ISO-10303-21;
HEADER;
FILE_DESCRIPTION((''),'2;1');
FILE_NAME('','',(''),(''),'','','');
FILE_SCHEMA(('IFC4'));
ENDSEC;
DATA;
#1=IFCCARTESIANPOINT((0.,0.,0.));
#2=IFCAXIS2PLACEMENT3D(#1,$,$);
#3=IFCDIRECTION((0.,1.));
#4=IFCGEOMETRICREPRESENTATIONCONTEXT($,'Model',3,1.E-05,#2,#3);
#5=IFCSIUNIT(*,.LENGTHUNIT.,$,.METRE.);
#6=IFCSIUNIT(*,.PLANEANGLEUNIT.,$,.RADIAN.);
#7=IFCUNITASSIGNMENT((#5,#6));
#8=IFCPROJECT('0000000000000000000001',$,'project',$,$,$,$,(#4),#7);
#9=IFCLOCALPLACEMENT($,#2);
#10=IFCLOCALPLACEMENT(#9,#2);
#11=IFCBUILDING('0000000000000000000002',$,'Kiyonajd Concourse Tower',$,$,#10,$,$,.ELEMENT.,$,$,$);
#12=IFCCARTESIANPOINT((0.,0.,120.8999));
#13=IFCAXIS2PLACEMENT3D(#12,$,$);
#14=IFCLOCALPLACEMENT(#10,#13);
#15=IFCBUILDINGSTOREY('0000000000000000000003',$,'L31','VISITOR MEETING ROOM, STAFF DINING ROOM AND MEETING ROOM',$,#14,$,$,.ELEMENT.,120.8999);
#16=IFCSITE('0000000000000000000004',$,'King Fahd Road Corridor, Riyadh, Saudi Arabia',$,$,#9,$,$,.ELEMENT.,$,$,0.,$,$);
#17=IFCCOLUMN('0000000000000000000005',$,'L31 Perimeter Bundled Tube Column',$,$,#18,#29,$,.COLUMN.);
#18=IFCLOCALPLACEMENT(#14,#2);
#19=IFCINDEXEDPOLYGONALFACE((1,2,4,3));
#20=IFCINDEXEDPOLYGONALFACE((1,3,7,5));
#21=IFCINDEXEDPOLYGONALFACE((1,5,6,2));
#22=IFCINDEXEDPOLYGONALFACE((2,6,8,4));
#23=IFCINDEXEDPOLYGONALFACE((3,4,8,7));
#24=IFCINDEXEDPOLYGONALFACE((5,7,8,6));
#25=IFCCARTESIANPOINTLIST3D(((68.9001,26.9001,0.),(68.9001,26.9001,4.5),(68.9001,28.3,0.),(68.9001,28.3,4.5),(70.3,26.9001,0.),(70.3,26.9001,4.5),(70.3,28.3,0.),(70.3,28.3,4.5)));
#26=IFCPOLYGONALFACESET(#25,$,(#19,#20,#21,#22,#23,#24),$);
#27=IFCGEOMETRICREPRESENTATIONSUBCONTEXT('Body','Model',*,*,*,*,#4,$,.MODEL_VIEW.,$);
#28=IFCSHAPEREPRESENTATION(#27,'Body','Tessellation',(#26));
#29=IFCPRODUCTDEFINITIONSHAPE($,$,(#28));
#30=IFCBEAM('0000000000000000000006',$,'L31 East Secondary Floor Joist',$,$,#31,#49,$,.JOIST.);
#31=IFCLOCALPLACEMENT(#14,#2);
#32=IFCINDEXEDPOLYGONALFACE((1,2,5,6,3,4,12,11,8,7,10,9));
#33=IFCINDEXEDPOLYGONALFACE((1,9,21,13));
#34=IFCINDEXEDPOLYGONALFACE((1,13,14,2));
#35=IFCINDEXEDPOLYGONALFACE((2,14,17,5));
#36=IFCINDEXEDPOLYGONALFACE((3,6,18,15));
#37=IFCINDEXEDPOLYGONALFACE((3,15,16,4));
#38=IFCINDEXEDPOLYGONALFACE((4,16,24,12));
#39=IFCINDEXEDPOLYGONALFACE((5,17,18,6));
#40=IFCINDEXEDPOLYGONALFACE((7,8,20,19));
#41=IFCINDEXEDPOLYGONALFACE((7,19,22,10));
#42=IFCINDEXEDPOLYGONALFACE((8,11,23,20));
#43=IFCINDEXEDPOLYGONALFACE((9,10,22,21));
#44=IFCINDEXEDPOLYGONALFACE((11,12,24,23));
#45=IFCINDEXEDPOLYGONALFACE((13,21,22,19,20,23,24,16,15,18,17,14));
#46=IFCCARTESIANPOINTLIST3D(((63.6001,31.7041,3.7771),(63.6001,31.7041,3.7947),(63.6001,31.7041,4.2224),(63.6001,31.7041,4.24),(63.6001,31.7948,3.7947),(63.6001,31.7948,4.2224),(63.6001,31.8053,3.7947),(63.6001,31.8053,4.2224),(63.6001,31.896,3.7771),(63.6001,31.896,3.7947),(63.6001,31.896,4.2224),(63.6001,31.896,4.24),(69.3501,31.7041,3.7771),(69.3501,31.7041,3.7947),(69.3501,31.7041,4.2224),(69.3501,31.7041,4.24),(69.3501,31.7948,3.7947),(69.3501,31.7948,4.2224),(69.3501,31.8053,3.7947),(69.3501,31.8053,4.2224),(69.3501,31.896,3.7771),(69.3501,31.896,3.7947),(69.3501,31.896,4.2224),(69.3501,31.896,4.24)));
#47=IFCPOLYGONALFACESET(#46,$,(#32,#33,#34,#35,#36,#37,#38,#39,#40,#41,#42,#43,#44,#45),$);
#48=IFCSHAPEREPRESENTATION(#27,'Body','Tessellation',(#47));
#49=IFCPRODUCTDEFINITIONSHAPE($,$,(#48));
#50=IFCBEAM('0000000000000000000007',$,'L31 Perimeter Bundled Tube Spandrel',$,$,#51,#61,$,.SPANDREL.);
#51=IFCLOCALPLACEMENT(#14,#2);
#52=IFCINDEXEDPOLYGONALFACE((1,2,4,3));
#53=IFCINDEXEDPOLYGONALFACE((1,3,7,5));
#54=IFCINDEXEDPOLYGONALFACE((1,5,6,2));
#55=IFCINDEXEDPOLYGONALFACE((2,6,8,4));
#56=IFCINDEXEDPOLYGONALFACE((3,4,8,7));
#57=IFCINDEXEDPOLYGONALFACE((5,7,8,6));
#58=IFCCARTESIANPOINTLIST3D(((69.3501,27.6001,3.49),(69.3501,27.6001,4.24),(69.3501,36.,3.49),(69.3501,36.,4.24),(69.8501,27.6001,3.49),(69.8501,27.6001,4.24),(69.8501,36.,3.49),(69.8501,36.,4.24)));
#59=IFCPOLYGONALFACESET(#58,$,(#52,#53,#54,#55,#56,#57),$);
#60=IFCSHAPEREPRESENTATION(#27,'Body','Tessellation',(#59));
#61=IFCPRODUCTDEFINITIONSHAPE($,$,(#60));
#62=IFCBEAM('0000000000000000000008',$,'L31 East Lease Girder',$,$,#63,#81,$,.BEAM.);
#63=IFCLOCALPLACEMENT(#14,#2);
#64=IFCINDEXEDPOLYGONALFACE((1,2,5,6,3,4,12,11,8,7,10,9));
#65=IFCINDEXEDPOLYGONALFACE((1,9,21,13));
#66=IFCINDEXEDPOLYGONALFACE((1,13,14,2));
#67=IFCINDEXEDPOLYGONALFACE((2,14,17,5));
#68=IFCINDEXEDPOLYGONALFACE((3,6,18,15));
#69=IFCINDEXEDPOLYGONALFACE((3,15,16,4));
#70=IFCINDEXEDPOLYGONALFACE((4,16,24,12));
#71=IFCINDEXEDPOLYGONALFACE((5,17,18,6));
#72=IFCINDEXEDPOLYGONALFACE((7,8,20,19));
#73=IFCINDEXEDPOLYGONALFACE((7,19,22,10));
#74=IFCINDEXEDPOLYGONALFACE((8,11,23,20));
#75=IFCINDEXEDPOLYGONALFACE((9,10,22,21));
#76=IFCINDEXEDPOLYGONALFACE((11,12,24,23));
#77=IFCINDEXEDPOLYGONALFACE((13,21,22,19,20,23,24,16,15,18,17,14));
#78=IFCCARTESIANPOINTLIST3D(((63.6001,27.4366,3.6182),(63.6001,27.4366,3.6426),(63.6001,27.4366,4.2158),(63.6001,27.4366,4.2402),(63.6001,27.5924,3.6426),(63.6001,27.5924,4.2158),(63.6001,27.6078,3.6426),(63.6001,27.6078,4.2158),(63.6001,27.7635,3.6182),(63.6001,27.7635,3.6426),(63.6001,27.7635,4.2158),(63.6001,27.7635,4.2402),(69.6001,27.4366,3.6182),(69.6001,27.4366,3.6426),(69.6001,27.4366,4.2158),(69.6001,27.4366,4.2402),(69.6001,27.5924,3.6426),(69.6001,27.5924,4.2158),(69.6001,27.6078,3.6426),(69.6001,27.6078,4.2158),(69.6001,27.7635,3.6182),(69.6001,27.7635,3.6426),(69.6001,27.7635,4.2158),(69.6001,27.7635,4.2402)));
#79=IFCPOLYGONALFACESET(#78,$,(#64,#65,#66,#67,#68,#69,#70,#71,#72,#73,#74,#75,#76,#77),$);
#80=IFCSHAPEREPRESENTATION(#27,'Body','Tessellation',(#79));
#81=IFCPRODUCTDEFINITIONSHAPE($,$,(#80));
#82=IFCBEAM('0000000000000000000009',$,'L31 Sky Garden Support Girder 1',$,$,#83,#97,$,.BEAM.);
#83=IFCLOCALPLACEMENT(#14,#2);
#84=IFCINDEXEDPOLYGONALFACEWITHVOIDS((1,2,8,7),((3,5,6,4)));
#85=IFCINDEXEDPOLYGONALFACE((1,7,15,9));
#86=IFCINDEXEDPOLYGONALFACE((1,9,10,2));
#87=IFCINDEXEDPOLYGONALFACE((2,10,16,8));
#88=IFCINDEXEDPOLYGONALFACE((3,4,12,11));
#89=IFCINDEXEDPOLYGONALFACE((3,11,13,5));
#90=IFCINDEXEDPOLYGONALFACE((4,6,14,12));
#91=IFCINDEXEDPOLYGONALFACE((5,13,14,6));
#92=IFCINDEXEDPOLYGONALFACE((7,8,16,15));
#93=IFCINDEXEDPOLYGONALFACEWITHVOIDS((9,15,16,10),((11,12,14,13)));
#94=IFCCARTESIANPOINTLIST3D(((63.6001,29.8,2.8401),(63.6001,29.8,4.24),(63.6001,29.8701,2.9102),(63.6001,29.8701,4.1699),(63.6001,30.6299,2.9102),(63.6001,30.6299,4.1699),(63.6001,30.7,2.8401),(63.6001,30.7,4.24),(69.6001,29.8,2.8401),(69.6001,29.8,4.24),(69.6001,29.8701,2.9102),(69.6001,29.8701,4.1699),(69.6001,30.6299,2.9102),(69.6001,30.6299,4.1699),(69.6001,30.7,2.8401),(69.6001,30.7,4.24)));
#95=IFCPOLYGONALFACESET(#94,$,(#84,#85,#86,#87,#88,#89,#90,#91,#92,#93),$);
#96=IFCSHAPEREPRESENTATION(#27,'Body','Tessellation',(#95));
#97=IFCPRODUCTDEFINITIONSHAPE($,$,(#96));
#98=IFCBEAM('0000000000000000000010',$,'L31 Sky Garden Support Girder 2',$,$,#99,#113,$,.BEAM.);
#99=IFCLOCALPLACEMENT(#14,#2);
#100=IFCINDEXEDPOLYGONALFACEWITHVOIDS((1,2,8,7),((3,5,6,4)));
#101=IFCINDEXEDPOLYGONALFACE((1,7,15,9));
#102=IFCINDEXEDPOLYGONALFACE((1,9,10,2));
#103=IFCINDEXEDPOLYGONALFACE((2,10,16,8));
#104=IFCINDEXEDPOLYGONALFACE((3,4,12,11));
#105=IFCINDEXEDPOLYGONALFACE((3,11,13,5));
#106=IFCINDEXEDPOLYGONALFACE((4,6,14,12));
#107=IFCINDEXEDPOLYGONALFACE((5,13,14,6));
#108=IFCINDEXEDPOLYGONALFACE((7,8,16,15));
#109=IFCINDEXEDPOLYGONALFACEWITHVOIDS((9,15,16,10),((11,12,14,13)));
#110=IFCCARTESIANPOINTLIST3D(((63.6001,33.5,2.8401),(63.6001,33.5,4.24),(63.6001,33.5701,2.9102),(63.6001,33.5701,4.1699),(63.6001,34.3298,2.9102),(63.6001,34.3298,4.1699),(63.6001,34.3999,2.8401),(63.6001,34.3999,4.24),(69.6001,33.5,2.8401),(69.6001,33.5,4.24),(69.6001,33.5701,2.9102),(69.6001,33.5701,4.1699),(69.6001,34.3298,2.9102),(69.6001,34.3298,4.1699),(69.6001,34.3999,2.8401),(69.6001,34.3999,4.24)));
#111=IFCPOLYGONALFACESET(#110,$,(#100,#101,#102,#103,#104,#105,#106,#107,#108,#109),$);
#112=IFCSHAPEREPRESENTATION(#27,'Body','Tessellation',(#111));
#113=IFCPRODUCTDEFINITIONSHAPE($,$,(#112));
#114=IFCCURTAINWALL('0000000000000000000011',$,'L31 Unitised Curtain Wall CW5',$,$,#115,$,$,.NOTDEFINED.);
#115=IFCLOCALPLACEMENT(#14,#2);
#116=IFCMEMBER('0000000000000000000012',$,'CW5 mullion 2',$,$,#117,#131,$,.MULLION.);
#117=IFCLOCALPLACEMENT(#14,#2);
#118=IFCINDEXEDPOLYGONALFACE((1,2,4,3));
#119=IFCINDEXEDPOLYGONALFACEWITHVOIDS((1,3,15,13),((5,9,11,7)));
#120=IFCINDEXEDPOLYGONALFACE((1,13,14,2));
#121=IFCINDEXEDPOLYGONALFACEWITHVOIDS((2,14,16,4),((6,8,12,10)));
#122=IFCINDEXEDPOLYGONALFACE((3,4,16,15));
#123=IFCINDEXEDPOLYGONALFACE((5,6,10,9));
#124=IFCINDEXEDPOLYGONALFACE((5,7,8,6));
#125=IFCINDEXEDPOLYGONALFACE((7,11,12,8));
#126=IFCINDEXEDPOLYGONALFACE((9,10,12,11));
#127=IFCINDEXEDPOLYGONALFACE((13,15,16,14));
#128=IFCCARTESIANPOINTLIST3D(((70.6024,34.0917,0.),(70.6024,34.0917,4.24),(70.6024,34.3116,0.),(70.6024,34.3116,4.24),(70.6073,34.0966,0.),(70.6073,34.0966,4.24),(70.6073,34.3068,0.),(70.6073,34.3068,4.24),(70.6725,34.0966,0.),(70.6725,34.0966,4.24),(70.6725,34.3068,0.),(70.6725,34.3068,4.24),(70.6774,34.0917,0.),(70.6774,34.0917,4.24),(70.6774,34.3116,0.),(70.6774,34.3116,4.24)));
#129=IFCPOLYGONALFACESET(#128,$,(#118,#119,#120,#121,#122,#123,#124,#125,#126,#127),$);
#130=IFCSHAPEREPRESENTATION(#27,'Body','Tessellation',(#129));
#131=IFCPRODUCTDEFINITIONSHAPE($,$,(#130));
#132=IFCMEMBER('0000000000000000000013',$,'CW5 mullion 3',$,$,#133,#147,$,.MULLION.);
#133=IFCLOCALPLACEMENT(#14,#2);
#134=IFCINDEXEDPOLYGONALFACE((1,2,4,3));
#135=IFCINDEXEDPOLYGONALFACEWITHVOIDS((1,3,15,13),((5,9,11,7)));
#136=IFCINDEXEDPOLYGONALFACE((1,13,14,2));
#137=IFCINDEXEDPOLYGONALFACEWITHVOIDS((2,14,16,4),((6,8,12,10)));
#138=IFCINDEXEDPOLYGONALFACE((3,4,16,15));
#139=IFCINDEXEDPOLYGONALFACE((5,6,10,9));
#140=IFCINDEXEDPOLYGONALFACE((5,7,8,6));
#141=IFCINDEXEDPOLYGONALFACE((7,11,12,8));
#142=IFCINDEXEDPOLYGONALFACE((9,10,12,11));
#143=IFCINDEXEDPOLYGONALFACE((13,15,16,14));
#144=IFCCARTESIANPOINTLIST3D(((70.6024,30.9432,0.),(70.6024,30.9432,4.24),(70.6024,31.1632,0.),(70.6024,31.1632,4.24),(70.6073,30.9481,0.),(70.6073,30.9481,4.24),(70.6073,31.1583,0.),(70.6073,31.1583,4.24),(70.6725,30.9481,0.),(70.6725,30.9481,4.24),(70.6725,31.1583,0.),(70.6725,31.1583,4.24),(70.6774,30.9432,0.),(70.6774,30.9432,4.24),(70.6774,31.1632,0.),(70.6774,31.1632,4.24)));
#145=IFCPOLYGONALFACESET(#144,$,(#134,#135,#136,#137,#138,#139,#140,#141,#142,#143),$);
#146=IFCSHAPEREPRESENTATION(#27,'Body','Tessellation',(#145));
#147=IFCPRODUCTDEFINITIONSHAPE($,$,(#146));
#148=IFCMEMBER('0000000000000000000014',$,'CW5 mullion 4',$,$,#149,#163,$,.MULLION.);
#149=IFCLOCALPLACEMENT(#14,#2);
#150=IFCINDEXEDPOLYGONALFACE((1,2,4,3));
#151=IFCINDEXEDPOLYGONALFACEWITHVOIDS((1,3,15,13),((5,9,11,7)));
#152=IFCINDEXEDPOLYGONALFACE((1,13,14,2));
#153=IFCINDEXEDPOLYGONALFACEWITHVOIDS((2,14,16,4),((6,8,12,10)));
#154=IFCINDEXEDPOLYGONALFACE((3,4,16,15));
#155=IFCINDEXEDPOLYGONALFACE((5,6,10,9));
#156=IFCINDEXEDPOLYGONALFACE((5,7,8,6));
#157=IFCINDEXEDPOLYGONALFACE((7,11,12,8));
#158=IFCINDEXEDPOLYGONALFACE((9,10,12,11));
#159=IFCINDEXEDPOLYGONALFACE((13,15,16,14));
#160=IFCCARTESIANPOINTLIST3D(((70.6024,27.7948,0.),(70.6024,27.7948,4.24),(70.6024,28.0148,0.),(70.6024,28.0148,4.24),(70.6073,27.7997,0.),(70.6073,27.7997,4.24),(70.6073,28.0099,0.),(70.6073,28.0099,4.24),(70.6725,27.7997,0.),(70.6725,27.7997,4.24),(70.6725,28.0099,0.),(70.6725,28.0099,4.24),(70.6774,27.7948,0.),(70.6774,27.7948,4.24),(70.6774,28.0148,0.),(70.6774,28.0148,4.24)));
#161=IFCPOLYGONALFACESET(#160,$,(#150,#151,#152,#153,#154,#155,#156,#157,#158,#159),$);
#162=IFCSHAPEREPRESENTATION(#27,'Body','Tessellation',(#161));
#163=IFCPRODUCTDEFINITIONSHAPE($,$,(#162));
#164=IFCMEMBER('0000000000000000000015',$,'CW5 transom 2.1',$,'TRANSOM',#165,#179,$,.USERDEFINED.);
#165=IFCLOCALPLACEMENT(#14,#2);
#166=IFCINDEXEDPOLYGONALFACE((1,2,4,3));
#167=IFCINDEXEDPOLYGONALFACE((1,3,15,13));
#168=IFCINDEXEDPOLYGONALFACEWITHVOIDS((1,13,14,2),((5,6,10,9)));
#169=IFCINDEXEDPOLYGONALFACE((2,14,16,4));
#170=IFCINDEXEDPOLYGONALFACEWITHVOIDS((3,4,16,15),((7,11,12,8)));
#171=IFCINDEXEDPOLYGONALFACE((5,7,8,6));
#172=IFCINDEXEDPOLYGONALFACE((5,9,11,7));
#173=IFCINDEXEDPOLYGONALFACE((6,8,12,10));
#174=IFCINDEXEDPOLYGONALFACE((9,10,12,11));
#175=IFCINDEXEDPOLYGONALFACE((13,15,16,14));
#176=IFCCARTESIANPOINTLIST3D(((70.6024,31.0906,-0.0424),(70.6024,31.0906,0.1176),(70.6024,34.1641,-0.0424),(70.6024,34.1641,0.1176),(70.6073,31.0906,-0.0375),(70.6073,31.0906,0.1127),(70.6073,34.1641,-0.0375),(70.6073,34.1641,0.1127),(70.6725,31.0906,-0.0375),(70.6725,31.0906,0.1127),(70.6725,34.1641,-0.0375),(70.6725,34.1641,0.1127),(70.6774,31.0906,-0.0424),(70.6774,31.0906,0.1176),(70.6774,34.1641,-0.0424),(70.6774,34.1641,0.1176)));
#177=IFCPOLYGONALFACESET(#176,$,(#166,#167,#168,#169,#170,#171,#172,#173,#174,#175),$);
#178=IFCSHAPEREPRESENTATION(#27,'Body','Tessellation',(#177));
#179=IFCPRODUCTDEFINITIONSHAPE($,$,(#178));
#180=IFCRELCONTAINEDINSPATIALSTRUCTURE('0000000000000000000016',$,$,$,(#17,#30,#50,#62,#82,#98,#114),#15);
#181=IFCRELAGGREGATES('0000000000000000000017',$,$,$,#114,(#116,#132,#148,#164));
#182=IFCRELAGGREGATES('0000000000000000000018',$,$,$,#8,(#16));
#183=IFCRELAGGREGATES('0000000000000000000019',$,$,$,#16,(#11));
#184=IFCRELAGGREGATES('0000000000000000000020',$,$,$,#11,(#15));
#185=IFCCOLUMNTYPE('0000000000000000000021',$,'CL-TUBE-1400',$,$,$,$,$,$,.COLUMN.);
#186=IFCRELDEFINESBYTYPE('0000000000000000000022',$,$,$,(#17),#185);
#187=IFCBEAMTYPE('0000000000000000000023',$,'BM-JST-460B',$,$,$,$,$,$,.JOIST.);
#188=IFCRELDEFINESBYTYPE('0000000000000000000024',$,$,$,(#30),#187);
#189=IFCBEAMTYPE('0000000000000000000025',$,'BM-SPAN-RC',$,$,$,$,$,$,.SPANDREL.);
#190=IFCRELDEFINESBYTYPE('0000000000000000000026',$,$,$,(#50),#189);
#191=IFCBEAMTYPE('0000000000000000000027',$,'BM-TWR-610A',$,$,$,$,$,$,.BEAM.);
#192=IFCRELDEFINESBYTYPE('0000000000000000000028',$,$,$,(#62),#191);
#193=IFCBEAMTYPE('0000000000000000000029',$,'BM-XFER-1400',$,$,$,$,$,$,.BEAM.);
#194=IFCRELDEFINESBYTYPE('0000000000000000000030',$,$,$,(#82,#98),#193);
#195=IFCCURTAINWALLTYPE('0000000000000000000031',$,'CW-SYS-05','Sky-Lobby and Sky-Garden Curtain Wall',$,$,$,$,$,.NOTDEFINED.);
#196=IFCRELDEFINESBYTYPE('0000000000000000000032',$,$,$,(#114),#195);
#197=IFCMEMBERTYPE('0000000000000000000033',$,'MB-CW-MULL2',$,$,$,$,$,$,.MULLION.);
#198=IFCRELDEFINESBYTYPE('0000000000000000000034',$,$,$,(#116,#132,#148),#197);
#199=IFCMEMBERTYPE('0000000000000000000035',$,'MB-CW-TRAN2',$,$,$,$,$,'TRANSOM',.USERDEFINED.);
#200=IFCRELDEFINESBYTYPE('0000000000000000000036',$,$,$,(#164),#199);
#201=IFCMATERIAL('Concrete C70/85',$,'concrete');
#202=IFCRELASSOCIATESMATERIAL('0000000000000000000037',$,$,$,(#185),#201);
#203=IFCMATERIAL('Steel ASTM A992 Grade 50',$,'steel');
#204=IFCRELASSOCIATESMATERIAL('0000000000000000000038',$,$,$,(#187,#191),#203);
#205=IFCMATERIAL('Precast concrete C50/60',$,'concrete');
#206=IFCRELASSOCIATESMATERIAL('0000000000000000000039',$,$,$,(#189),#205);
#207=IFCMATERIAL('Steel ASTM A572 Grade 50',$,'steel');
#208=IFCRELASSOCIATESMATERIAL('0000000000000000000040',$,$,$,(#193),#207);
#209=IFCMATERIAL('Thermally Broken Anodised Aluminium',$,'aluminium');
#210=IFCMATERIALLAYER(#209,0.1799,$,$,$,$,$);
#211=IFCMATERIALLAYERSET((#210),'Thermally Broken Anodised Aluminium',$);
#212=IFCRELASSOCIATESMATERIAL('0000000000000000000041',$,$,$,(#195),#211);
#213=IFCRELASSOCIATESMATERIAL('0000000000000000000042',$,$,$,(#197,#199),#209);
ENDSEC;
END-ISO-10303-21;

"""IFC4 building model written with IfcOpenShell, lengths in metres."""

from ifc_helpers import new_model, si_unit, direction, frame, origin, origin_2d, place, context, subcontext, project, spatial, rectangle, hollow_rectangle, i_section, extrude, material, layer, layer_set, material_profile, profile_set, type_object, element, aggregate, save


model = new_model("IFC4")

# Units and contexts
model_context = context("Model", 3, precision=1e-05, world=origin(), true_north=direction((0.0, 1.0)))
body_context = subcontext(model_context, "Body", "Model", "MODEL_VIEW")
ifc_project = project(units=[si_unit("LENGTHUNIT", "METRE"), si_unit("PLANEANGLEUNIT", "RADIAN")], contexts=[model_context])

# Site, building, storey
site_placement = place(None, origin())
site = spatial("IfcSite", under=ifc_project, at=site_placement, Name="King Fahd Road Corridor, Riyadh, Saudi Arabia", CompositionType="ELEMENT", RefElevation=0.0)
building_placement = place(site_placement, origin())
building = spatial("IfcBuilding", under=site, at=building_placement, Name="Kiyonajd Concourse Tower", CompositionType="ELEMENT")
storey_placement = place(building_placement, frame((0.0, 0.0, 120.8999)))
storey = spatial("IfcBuildingStorey", under=building, at=storey_placement, Name="L31", Description="VISITOR MEETING ROOM, STAFF DINING ROOM AND MEETING ROOM", CompositionType="ELEMENT", Elevation=120.8999)

# Column
ifc_material_1 = material(Name="Concrete C70/85", Category="concrete")
ifc_material_profile_1 = material_profile(ifc_material_1, rectangle(XDim=1.3999, YDim=1.3999, at=origin_2d()), Name="RC-1400x1400")
ifc_profile_set_1 = profile_set([ifc_material_profile_1], Name="Concrete C70/85")
column_type = type_object("IfcColumnType", Name="CL-TUBE-1400", PredefinedType="COLUMN", material=ifc_profile_set_1)
column_placement = place(storey_placement, frame((69.6001, 27.6001, 0.0), z_axis=(0.0, 0.0, 1.0), x_axis=(1.0, 0.0, 0.0)))
element("IfcColumn", 1, at=column_placement, inside=storey, type_object=column_type, Name="L31 Perimeter Bundled Tube Column", PredefinedType="COLUMN", context=body_context, shape_type="SweptSolid", body=[
    extrude(rectangle(XDim=1.3999, YDim=1.3999, at=origin_2d()), origin(), (0.0, 0.0, 1.0), 4.5),
])

# Beams
ifc_material_2 = material(Name="Steel ASTM A992 Grade 50", Category="steel")
ifc_material_profile_2 = material_profile(ifc_material_2, i_section(OverallWidth=0.1919, OverallDepth=0.4629, WebThickness=0.0105, FlangeThickness=0.0176, at=origin_2d()), Name="W460X89")
ifc_profile_set_2 = profile_set([ifc_material_profile_2], Name="Steel ASTM A992 Grade 50")
beam_type_1 = type_object("IfcBeamType", Name="BM-JST-460B", PredefinedType="JOIST", material=ifc_profile_set_2)
beam_1_placement = place(storey_placement, frame((63.6001, 31.8, 4.0085), z_axis=(1.0, 0.0, 0.0), x_axis=(0.0, 1.0, 0.0)))
element("IfcBeam", 2, at=beam_1_placement, inside=storey, type_object=beam_type_1, Name="L31 East Secondary Floor Joist", PredefinedType="JOIST", context=body_context, shape_type="SweptSolid", body=[
    extrude(i_section(OverallWidth=0.1919, OverallDepth=0.4629, WebThickness=0.0105, FlangeThickness=0.0176, at=origin_2d()), origin(), (0.0, 0.0, 1.0), 5.75),
])
ifc_material_3 = material(Name="Precast concrete C50/60", Category="concrete")
ifc_material_profile_3 = material_profile(ifc_material_3, rectangle(XDim=0.5, YDim=0.75, at=origin_2d()), Name="RCBM-500x750")
ifc_profile_set_3 = profile_set([ifc_material_profile_3], Name="Precast concrete C50/60")
beam_type_2 = type_object("IfcBeamType", Name="BM-SPAN-RC", PredefinedType="SPANDREL", material=ifc_profile_set_3)
beam_2_placement = place(storey_placement, frame((69.6001, 27.6001, 3.865), z_axis=(0.0, 1.0, 0.0), x_axis=(-1.0, 0.0, 0.0)))
element("IfcBeam", 3, at=beam_2_placement, inside=storey, type_object=beam_type_2, Name="L31 Perimeter Bundled Tube Spandrel", PredefinedType="SPANDREL", context=body_context, shape_type="SweptSolid", body=[
    extrude(rectangle(XDim=0.5, YDim=0.75, at=origin_2d()), origin(), (0.0, 0.0, 1.0), 8.3999),
])
ifc_material_profile_4 = material_profile(ifc_material_2, i_section(OverallWidth=0.3269, OverallDepth=0.6221, WebThickness=0.0154, FlangeThickness=0.0244, at=origin_2d()), Name="W610X195")
ifc_profile_set_4 = profile_set([ifc_material_profile_4], Name="Steel ASTM A992 Grade 50")
beam_type_3 = type_object("IfcBeamType", Name="BM-TWR-610A", PredefinedType="BEAM", material=ifc_profile_set_4)
beam_3_placement = place(storey_placement, frame((63.6001, 27.6001, 3.9292), z_axis=(1.0, 0.0, 0.0), x_axis=(0.0, 1.0, 0.0)))
element("IfcBeam", 4, at=beam_3_placement, inside=storey, type_object=beam_type_3, Name="L31 East Lease Girder", PredefinedType="BEAM", context=body_context, shape_type="SweptSolid", body=[
    extrude(i_section(OverallWidth=0.3269, OverallDepth=0.6221, WebThickness=0.0154, FlangeThickness=0.0244, at=origin_2d()), origin(), (0.0, 0.0, 1.0), 6.0),
])
ifc_material_4 = material(Name="Steel ASTM A572 Grade 50", Category="steel")
ifc_material_profile_5 = material_profile(ifc_material_4, hollow_rectangle(XDim=0.8999, YDim=1.3999, WallThickness=0.0701, at=origin_2d()), Name="BOX-1400x900x70")
ifc_profile_set_5 = profile_set([ifc_material_profile_5], Name="Steel ASTM A572 Grade 50")
beam_type_4 = type_object("IfcBeamType", Name="BM-XFER-1400", PredefinedType="BEAM", material=ifc_profile_set_5)
for number, where, z_axis, x_axis, name in (
    (5, (63.6001, 30.25, 3.54), (1.0, 0.0, 0.0), (0.0, 1.0, 0.0), "L31 Sky Garden Support Girder 1"),
    (6, (63.6001, 33.95, 3.54), (1.0, 0.0, 0.0), (0.0, 1.0, 0.0), "L31 Sky Garden Support Girder 2"),
):
    element("IfcBeam", number, at=place(storey_placement, frame(where, z_axis=z_axis, x_axis=x_axis)), inside=storey, type_object=beam_type_4, Name=name, PredefinedType="BEAM", context=body_context, shape_type="SweptSolid", body=[
        extrude(hollow_rectangle(XDim=0.8999, YDim=1.3999, WallThickness=0.0701, at=origin_2d()), origin(), (0.0, 0.0, 1.0), 6.0),
    ])

# Curtain wall, members
ifc_material_5 = material(Name="Thermally Broken Anodised Aluminium", Category="aluminium")
ifc_layer_1 = layer(ifc_material_5, 0.1799)
ifc_layer_set_1 = layer_set([ifc_layer_1], Name="Thermally Broken Anodised Aluminium")
curtain_wall_type = type_object("IfcCurtainWallType", Name="CW-SYS-05", Description="Sky-Lobby and Sky-Garden Curtain Wall", PredefinedType="NOTDEFINED", material=ifc_layer_set_1)
curtain_wall_placement = place(storey_placement, origin())
curtain_wall = element("IfcCurtainWall", 7, at=curtain_wall_placement, inside=storey, type_object=curtain_wall_type, Name="L31 Unitised Curtain Wall CW5", PredefinedType="NOTDEFINED")
ifc_material_profile_6 = material_profile(ifc_material_5, hollow_rectangle(XDim=0.075, YDim=0.22, WallThickness=0.0049, at=origin_2d()), Name="MULL-75x220")
ifc_profile_set_6 = profile_set([ifc_material_profile_6], Name="Thermally Broken Anodised Aluminium")
member_type_1 = type_object("IfcMemberType", Name="MB-CW-MULL2", PredefinedType="MULLION", material=ifc_profile_set_6)
member_1_placement = place(storey_placement, frame((70.6399, 34.2017, 0.0), z_axis=(0.0, 0.0, 1.0), x_axis=(1.0, 0.0, 0.0)))
member_1 = element("IfcMember", 8, at=member_1_placement, type_object=member_type_1, Name="CW5 mullion 2", PredefinedType="MULLION", context=body_context, shape_type="SweptSolid", body=[
    extrude(hollow_rectangle(XDim=0.075, YDim=0.22, WallThickness=0.0049, at=origin_2d()), origin(), (0.0, 0.0, 1.0), 4.24),
])
member_2_placement = place(storey_placement, frame((70.6399, 31.0532, 0.0), z_axis=(0.0, 0.0, 1.0), x_axis=(1.0, 0.0, 0.0)))
member_2 = element("IfcMember", 9, at=member_2_placement, type_object=member_type_1, Name="CW5 mullion 3", PredefinedType="MULLION", context=body_context, shape_type="SweptSolid", body=[
    extrude(hollow_rectangle(XDim=0.075, YDim=0.22, WallThickness=0.0049, at=origin_2d()), origin(), (0.0, 0.0, 1.0), 4.24),
])
member_3_placement = place(storey_placement, frame((70.6399, 27.9048, 0.0), z_axis=(0.0, 0.0, 1.0), x_axis=(1.0, 0.0, 0.0)))
member_3 = element("IfcMember", 10, at=member_3_placement, type_object=member_type_1, Name="CW5 mullion 4", PredefinedType="MULLION", context=body_context, shape_type="SweptSolid", body=[
    extrude(hollow_rectangle(XDim=0.075, YDim=0.22, WallThickness=0.0049, at=origin_2d()), origin(), (0.0, 0.0, 1.0), 4.24),
])
ifc_material_profile_7 = material_profile(ifc_material_5, hollow_rectangle(XDim=0.075, YDim=0.1599, WallThickness=0.0049, at=origin_2d()), Name="TRAN-75x160")
ifc_profile_set_7 = profile_set([ifc_material_profile_7], Name="Thermally Broken Anodised Aluminium")
member_type_2 = type_object("IfcMemberType", Name="MB-CW-TRAN2", ElementType="TRANSOM", PredefinedType="USERDEFINED", material=ifc_profile_set_7)
member_4_placement = place(storey_placement, frame((70.6399, 34.1641, 0.0376), z_axis=(0.0, -1.0, 0.0), x_axis=(1.0, 0.0, 0.0)))
member_4 = element("IfcMember", 11, at=member_4_placement, type_object=member_type_2, Name="CW5 transom 2.1", ObjectType="TRANSOM", PredefinedType="USERDEFINED", context=body_context, shape_type="SweptSolid", body=[
    extrude(hollow_rectangle(XDim=0.075, YDim=0.1599, WallThickness=0.0049, at=origin_2d()), origin(), (0.0, 0.0, 1.0), 3.0735),
])

aggregate(curtain_wall, [member_1, member_2, member_3, member_4])

save(model, "model.ifc")
